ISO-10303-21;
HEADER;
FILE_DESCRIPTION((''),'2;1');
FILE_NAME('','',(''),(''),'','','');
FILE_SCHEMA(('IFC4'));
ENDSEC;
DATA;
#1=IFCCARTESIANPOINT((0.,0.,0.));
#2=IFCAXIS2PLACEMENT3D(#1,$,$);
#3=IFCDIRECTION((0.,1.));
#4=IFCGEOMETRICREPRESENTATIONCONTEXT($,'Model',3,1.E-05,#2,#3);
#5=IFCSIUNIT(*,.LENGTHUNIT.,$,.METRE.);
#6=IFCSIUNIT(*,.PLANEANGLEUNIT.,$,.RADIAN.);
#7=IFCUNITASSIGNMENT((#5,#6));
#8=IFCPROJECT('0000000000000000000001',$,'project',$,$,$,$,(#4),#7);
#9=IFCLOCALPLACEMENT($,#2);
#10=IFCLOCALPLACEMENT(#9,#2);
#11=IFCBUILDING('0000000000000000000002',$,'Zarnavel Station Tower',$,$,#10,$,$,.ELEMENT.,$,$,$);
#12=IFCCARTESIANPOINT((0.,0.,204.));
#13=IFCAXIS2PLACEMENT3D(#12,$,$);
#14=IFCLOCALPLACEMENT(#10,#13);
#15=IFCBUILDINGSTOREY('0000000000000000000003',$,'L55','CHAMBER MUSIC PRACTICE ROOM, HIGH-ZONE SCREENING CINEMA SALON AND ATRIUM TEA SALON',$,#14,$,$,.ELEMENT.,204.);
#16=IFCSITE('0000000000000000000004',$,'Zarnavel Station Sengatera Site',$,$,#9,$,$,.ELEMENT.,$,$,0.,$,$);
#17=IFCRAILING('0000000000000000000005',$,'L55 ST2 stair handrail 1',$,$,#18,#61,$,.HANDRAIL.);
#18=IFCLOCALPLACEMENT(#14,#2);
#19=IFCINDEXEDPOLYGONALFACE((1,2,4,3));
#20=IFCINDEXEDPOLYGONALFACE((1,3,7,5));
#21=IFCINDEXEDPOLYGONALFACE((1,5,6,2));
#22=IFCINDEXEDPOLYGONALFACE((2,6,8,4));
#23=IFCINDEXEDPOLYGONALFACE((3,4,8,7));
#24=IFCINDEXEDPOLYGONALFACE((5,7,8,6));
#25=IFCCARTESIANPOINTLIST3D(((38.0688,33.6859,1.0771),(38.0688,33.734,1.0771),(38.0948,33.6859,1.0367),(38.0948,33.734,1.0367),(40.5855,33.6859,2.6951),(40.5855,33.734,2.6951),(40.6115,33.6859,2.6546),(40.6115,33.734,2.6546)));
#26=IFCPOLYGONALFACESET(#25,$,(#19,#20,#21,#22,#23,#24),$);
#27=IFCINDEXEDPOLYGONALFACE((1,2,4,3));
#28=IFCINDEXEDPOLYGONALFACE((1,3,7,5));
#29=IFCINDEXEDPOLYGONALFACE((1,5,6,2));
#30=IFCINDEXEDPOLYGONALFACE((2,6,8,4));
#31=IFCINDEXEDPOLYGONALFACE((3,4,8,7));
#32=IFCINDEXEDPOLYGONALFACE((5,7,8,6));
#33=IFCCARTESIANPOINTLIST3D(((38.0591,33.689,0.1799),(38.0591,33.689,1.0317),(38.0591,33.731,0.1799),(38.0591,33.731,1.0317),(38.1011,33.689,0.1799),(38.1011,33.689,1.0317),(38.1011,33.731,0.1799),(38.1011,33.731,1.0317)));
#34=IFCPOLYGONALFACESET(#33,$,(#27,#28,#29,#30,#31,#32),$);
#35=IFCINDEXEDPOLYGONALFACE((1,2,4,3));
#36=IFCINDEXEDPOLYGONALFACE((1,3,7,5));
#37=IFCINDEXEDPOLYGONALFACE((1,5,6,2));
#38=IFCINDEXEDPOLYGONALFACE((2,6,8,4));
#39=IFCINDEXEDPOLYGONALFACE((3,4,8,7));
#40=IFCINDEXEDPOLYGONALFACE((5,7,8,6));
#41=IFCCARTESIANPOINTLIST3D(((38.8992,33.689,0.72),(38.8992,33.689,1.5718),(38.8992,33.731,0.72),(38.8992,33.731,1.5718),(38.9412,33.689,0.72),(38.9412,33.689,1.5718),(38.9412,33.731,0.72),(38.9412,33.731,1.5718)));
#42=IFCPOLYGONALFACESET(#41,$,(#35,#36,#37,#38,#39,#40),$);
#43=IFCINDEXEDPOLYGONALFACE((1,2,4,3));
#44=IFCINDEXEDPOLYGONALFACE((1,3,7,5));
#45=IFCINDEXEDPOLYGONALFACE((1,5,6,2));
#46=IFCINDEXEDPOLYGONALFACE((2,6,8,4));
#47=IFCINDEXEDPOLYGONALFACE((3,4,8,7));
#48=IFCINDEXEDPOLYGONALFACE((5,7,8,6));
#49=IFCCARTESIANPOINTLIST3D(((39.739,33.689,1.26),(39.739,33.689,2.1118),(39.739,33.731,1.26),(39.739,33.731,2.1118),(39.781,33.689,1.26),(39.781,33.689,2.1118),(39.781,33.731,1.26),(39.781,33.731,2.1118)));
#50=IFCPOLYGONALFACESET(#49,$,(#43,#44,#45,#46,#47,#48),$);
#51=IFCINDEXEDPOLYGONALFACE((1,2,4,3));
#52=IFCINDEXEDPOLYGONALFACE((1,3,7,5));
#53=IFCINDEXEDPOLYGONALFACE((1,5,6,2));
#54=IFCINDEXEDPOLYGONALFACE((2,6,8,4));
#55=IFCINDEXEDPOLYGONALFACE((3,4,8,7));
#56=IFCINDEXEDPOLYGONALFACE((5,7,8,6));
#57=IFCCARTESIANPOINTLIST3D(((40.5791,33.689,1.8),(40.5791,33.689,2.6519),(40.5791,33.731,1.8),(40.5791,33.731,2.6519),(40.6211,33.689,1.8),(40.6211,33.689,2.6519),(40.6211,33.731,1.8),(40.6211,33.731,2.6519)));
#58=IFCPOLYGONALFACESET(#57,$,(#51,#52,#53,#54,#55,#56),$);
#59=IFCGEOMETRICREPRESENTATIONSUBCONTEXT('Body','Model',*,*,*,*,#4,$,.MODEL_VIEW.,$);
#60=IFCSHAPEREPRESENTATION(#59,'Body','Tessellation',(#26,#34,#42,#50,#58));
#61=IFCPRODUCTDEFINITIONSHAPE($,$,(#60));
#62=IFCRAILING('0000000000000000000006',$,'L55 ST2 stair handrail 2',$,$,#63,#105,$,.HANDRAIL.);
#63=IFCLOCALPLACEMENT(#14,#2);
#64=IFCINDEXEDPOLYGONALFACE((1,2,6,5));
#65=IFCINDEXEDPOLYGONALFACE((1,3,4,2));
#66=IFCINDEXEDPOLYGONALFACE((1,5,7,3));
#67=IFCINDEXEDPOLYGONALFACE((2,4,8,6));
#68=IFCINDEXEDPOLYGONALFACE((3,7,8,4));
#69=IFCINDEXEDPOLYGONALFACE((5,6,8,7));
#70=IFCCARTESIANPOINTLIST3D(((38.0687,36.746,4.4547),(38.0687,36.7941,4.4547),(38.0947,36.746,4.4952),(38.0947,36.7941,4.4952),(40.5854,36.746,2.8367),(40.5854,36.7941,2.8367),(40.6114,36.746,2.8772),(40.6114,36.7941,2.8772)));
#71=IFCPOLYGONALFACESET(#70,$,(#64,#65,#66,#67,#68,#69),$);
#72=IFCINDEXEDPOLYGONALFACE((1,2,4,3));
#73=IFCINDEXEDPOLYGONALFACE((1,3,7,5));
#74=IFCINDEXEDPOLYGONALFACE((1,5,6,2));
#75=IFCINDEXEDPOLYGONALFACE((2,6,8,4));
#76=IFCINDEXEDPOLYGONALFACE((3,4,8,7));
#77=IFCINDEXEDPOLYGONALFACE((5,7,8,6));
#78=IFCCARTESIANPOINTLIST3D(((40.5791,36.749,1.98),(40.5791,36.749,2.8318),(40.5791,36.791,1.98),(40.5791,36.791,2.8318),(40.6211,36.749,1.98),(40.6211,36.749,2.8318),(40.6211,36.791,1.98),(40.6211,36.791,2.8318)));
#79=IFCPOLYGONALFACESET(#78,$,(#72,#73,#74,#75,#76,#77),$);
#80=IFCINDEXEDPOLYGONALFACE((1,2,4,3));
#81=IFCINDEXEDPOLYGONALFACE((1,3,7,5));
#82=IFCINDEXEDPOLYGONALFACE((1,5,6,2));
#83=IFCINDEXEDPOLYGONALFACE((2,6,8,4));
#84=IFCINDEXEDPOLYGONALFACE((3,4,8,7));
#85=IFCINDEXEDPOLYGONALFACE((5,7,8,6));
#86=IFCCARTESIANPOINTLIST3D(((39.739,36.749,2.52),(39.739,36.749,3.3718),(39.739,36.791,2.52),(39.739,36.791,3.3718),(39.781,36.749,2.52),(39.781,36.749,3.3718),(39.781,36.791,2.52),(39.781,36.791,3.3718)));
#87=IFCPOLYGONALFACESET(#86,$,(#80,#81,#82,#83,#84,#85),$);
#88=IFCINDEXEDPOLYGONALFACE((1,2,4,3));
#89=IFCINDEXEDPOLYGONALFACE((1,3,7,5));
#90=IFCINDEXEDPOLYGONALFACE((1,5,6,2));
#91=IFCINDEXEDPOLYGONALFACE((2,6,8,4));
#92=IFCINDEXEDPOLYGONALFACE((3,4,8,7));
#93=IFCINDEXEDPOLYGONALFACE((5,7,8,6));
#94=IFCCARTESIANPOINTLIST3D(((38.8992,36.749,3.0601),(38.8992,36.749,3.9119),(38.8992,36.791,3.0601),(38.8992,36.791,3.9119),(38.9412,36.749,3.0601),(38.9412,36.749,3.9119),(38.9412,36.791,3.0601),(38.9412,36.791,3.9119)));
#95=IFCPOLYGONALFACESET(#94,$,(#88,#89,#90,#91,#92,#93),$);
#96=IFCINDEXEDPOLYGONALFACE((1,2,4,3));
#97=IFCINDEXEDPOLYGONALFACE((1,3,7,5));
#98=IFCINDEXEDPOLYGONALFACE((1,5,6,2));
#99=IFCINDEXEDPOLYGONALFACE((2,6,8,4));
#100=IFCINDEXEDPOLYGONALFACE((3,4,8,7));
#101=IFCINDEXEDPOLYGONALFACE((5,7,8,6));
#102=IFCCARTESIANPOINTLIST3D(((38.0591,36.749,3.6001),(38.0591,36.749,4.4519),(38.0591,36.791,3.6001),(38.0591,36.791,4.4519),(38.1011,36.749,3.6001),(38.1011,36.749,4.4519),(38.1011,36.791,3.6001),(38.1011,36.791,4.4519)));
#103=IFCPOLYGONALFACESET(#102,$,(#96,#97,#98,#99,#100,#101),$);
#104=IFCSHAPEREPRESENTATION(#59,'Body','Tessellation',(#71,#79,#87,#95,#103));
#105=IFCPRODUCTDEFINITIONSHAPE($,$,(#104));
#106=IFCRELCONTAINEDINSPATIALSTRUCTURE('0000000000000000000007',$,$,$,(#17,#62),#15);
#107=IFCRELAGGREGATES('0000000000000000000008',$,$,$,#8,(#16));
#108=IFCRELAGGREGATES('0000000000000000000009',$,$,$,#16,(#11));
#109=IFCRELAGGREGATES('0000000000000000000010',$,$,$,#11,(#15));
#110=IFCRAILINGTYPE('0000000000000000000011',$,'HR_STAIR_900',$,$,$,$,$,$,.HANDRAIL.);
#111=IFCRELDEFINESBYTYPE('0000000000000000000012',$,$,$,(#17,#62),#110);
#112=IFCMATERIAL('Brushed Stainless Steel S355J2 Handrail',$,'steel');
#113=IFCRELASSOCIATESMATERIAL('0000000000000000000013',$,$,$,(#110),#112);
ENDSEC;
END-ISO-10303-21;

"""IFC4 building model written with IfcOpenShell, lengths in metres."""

from ifc_helpers import new_model, si_unit, direction, frame, origin, origin_2d, place, context, subcontext, project, spatial, rectangle, extrude, material, type_object, element, save


model = new_model("IFC4")

# Units and contexts
model_context = context("Model", 3, precision=1e-05, world=origin(), true_north=direction((0.0, 1.0)))
body_context = subcontext(model_context, "Body", "Model", "MODEL_VIEW")
ifc_project = project(units=[si_unit("LENGTHUNIT", "METRE"), si_unit("PLANEANGLEUNIT", "RADIAN")], contexts=[model_context])

# Site, building, storey
site_placement = place(None, origin())
site = spatial("IfcSite", under=ifc_project, at=site_placement, Name="Zarnavel Station Sengatera Site", CompositionType="ELEMENT", RefElevation=0.0)
building_placement = place(site_placement, origin())
building = spatial("IfcBuilding", under=site, at=building_placement, Name="Zarnavel Station Tower", CompositionType="ELEMENT")
storey_placement = place(building_placement, frame((0.0, 0.0, 204.0)))
storey = spatial("IfcBuildingStorey", under=building, at=storey_placement, Name="L55", Description="CHAMBER MUSIC PRACTICE ROOM, HIGH-ZONE SCREENING CINEMA SALON AND ATRIUM TEA SALON", CompositionType="ELEMENT", Elevation=204.0)

# Railings
ifc_material_1 = material(Name="Brushed Stainless Steel S355J2 Handrail", Category="steel")
railing_type_1 = type_object("IfcRailingType", Name="HR_STAIR_900", PredefinedType="HANDRAIL", material=ifc_material_1)
railing_1_placement = place(storey_placement, frame((38.0801, 33.71, 0.1799)))
element("IfcRailing", 1, at=railing_1_placement, inside=storey, type_object=railing_type_1, Name="L55 ST2 stair handrail 1", PredefinedType="HANDRAIL", context=body_context, shape_type="SweptSolid", body=[
    extrude(rectangle(XDim=0.0481, YDim=0.0481, at=origin_2d()), frame((0.0017, 0.0, 0.877), z_axis=(0.841163, 0.0, 0.540782), x_axis=(0.0, 1.0, 0.0)), (0.0, 0.0, 1.0), 2.9919),
    extrude(rectangle(XDim=0.042, YDim=0.042, at=origin_2d()), origin(), (0.0, 0.0, 1.0), 0.8518),
    extrude(rectangle(XDim=0.042, YDim=0.042, at=origin_2d()), frame((0.8401, 0.0, 0.54)), (0.0, 0.0, 1.0), 0.8518),
    extrude(rectangle(XDim=0.042, YDim=0.042, at=origin_2d()), frame((1.6799, 0.0, 1.0801)), (0.0, 0.0, 1.0), 0.8518),
    extrude(rectangle(XDim=0.042, YDim=0.042, at=origin_2d()), frame((2.52, 0.0, 1.6201)), (0.0, 0.0, 1.0), 0.8518),
])
railing_2_placement = place(storey_placement, frame((40.6001, 36.77, 1.98)))
element("IfcRailing", 2, at=railing_2_placement, inside=storey, type_object=railing_type_1, Name="L55 ST2 stair handrail 2", PredefinedType="HANDRAIL", context=body_context, shape_type="SweptSolid", body=[
    extrude(rectangle(XDim=0.0481, YDim=0.0481, at=origin_2d()), frame((-0.0017, 0.0, 0.877), z_axis=(-0.841163, 0.0, 0.540782), x_axis=(0.0, -1.0, 0.0)), (0.0, 0.0, 1.0), 2.9919),
    extrude(rectangle(XDim=0.042, YDim=0.042, at=origin_2d()), origin(), (0.0, 0.0, 1.0), 0.8518),
    extrude(rectangle(XDim=0.042, YDim=0.042, at=origin_2d()), frame((-0.8401, 0.0, 0.54)), (0.0, 0.0, 1.0), 0.8518),
    extrude(rectangle(XDim=0.042, YDim=0.042, at=origin_2d()), frame((-1.6799, 0.0, 1.0801)), (0.0, 0.0, 1.0), 0.8518),
    extrude(rectangle(XDim=0.042, YDim=0.042, at=origin_2d()), frame((-2.52, 0.0, 1.6201)), (0.0, 0.0, 1.0), 0.8518),
])

save(model, "model.ifc")
